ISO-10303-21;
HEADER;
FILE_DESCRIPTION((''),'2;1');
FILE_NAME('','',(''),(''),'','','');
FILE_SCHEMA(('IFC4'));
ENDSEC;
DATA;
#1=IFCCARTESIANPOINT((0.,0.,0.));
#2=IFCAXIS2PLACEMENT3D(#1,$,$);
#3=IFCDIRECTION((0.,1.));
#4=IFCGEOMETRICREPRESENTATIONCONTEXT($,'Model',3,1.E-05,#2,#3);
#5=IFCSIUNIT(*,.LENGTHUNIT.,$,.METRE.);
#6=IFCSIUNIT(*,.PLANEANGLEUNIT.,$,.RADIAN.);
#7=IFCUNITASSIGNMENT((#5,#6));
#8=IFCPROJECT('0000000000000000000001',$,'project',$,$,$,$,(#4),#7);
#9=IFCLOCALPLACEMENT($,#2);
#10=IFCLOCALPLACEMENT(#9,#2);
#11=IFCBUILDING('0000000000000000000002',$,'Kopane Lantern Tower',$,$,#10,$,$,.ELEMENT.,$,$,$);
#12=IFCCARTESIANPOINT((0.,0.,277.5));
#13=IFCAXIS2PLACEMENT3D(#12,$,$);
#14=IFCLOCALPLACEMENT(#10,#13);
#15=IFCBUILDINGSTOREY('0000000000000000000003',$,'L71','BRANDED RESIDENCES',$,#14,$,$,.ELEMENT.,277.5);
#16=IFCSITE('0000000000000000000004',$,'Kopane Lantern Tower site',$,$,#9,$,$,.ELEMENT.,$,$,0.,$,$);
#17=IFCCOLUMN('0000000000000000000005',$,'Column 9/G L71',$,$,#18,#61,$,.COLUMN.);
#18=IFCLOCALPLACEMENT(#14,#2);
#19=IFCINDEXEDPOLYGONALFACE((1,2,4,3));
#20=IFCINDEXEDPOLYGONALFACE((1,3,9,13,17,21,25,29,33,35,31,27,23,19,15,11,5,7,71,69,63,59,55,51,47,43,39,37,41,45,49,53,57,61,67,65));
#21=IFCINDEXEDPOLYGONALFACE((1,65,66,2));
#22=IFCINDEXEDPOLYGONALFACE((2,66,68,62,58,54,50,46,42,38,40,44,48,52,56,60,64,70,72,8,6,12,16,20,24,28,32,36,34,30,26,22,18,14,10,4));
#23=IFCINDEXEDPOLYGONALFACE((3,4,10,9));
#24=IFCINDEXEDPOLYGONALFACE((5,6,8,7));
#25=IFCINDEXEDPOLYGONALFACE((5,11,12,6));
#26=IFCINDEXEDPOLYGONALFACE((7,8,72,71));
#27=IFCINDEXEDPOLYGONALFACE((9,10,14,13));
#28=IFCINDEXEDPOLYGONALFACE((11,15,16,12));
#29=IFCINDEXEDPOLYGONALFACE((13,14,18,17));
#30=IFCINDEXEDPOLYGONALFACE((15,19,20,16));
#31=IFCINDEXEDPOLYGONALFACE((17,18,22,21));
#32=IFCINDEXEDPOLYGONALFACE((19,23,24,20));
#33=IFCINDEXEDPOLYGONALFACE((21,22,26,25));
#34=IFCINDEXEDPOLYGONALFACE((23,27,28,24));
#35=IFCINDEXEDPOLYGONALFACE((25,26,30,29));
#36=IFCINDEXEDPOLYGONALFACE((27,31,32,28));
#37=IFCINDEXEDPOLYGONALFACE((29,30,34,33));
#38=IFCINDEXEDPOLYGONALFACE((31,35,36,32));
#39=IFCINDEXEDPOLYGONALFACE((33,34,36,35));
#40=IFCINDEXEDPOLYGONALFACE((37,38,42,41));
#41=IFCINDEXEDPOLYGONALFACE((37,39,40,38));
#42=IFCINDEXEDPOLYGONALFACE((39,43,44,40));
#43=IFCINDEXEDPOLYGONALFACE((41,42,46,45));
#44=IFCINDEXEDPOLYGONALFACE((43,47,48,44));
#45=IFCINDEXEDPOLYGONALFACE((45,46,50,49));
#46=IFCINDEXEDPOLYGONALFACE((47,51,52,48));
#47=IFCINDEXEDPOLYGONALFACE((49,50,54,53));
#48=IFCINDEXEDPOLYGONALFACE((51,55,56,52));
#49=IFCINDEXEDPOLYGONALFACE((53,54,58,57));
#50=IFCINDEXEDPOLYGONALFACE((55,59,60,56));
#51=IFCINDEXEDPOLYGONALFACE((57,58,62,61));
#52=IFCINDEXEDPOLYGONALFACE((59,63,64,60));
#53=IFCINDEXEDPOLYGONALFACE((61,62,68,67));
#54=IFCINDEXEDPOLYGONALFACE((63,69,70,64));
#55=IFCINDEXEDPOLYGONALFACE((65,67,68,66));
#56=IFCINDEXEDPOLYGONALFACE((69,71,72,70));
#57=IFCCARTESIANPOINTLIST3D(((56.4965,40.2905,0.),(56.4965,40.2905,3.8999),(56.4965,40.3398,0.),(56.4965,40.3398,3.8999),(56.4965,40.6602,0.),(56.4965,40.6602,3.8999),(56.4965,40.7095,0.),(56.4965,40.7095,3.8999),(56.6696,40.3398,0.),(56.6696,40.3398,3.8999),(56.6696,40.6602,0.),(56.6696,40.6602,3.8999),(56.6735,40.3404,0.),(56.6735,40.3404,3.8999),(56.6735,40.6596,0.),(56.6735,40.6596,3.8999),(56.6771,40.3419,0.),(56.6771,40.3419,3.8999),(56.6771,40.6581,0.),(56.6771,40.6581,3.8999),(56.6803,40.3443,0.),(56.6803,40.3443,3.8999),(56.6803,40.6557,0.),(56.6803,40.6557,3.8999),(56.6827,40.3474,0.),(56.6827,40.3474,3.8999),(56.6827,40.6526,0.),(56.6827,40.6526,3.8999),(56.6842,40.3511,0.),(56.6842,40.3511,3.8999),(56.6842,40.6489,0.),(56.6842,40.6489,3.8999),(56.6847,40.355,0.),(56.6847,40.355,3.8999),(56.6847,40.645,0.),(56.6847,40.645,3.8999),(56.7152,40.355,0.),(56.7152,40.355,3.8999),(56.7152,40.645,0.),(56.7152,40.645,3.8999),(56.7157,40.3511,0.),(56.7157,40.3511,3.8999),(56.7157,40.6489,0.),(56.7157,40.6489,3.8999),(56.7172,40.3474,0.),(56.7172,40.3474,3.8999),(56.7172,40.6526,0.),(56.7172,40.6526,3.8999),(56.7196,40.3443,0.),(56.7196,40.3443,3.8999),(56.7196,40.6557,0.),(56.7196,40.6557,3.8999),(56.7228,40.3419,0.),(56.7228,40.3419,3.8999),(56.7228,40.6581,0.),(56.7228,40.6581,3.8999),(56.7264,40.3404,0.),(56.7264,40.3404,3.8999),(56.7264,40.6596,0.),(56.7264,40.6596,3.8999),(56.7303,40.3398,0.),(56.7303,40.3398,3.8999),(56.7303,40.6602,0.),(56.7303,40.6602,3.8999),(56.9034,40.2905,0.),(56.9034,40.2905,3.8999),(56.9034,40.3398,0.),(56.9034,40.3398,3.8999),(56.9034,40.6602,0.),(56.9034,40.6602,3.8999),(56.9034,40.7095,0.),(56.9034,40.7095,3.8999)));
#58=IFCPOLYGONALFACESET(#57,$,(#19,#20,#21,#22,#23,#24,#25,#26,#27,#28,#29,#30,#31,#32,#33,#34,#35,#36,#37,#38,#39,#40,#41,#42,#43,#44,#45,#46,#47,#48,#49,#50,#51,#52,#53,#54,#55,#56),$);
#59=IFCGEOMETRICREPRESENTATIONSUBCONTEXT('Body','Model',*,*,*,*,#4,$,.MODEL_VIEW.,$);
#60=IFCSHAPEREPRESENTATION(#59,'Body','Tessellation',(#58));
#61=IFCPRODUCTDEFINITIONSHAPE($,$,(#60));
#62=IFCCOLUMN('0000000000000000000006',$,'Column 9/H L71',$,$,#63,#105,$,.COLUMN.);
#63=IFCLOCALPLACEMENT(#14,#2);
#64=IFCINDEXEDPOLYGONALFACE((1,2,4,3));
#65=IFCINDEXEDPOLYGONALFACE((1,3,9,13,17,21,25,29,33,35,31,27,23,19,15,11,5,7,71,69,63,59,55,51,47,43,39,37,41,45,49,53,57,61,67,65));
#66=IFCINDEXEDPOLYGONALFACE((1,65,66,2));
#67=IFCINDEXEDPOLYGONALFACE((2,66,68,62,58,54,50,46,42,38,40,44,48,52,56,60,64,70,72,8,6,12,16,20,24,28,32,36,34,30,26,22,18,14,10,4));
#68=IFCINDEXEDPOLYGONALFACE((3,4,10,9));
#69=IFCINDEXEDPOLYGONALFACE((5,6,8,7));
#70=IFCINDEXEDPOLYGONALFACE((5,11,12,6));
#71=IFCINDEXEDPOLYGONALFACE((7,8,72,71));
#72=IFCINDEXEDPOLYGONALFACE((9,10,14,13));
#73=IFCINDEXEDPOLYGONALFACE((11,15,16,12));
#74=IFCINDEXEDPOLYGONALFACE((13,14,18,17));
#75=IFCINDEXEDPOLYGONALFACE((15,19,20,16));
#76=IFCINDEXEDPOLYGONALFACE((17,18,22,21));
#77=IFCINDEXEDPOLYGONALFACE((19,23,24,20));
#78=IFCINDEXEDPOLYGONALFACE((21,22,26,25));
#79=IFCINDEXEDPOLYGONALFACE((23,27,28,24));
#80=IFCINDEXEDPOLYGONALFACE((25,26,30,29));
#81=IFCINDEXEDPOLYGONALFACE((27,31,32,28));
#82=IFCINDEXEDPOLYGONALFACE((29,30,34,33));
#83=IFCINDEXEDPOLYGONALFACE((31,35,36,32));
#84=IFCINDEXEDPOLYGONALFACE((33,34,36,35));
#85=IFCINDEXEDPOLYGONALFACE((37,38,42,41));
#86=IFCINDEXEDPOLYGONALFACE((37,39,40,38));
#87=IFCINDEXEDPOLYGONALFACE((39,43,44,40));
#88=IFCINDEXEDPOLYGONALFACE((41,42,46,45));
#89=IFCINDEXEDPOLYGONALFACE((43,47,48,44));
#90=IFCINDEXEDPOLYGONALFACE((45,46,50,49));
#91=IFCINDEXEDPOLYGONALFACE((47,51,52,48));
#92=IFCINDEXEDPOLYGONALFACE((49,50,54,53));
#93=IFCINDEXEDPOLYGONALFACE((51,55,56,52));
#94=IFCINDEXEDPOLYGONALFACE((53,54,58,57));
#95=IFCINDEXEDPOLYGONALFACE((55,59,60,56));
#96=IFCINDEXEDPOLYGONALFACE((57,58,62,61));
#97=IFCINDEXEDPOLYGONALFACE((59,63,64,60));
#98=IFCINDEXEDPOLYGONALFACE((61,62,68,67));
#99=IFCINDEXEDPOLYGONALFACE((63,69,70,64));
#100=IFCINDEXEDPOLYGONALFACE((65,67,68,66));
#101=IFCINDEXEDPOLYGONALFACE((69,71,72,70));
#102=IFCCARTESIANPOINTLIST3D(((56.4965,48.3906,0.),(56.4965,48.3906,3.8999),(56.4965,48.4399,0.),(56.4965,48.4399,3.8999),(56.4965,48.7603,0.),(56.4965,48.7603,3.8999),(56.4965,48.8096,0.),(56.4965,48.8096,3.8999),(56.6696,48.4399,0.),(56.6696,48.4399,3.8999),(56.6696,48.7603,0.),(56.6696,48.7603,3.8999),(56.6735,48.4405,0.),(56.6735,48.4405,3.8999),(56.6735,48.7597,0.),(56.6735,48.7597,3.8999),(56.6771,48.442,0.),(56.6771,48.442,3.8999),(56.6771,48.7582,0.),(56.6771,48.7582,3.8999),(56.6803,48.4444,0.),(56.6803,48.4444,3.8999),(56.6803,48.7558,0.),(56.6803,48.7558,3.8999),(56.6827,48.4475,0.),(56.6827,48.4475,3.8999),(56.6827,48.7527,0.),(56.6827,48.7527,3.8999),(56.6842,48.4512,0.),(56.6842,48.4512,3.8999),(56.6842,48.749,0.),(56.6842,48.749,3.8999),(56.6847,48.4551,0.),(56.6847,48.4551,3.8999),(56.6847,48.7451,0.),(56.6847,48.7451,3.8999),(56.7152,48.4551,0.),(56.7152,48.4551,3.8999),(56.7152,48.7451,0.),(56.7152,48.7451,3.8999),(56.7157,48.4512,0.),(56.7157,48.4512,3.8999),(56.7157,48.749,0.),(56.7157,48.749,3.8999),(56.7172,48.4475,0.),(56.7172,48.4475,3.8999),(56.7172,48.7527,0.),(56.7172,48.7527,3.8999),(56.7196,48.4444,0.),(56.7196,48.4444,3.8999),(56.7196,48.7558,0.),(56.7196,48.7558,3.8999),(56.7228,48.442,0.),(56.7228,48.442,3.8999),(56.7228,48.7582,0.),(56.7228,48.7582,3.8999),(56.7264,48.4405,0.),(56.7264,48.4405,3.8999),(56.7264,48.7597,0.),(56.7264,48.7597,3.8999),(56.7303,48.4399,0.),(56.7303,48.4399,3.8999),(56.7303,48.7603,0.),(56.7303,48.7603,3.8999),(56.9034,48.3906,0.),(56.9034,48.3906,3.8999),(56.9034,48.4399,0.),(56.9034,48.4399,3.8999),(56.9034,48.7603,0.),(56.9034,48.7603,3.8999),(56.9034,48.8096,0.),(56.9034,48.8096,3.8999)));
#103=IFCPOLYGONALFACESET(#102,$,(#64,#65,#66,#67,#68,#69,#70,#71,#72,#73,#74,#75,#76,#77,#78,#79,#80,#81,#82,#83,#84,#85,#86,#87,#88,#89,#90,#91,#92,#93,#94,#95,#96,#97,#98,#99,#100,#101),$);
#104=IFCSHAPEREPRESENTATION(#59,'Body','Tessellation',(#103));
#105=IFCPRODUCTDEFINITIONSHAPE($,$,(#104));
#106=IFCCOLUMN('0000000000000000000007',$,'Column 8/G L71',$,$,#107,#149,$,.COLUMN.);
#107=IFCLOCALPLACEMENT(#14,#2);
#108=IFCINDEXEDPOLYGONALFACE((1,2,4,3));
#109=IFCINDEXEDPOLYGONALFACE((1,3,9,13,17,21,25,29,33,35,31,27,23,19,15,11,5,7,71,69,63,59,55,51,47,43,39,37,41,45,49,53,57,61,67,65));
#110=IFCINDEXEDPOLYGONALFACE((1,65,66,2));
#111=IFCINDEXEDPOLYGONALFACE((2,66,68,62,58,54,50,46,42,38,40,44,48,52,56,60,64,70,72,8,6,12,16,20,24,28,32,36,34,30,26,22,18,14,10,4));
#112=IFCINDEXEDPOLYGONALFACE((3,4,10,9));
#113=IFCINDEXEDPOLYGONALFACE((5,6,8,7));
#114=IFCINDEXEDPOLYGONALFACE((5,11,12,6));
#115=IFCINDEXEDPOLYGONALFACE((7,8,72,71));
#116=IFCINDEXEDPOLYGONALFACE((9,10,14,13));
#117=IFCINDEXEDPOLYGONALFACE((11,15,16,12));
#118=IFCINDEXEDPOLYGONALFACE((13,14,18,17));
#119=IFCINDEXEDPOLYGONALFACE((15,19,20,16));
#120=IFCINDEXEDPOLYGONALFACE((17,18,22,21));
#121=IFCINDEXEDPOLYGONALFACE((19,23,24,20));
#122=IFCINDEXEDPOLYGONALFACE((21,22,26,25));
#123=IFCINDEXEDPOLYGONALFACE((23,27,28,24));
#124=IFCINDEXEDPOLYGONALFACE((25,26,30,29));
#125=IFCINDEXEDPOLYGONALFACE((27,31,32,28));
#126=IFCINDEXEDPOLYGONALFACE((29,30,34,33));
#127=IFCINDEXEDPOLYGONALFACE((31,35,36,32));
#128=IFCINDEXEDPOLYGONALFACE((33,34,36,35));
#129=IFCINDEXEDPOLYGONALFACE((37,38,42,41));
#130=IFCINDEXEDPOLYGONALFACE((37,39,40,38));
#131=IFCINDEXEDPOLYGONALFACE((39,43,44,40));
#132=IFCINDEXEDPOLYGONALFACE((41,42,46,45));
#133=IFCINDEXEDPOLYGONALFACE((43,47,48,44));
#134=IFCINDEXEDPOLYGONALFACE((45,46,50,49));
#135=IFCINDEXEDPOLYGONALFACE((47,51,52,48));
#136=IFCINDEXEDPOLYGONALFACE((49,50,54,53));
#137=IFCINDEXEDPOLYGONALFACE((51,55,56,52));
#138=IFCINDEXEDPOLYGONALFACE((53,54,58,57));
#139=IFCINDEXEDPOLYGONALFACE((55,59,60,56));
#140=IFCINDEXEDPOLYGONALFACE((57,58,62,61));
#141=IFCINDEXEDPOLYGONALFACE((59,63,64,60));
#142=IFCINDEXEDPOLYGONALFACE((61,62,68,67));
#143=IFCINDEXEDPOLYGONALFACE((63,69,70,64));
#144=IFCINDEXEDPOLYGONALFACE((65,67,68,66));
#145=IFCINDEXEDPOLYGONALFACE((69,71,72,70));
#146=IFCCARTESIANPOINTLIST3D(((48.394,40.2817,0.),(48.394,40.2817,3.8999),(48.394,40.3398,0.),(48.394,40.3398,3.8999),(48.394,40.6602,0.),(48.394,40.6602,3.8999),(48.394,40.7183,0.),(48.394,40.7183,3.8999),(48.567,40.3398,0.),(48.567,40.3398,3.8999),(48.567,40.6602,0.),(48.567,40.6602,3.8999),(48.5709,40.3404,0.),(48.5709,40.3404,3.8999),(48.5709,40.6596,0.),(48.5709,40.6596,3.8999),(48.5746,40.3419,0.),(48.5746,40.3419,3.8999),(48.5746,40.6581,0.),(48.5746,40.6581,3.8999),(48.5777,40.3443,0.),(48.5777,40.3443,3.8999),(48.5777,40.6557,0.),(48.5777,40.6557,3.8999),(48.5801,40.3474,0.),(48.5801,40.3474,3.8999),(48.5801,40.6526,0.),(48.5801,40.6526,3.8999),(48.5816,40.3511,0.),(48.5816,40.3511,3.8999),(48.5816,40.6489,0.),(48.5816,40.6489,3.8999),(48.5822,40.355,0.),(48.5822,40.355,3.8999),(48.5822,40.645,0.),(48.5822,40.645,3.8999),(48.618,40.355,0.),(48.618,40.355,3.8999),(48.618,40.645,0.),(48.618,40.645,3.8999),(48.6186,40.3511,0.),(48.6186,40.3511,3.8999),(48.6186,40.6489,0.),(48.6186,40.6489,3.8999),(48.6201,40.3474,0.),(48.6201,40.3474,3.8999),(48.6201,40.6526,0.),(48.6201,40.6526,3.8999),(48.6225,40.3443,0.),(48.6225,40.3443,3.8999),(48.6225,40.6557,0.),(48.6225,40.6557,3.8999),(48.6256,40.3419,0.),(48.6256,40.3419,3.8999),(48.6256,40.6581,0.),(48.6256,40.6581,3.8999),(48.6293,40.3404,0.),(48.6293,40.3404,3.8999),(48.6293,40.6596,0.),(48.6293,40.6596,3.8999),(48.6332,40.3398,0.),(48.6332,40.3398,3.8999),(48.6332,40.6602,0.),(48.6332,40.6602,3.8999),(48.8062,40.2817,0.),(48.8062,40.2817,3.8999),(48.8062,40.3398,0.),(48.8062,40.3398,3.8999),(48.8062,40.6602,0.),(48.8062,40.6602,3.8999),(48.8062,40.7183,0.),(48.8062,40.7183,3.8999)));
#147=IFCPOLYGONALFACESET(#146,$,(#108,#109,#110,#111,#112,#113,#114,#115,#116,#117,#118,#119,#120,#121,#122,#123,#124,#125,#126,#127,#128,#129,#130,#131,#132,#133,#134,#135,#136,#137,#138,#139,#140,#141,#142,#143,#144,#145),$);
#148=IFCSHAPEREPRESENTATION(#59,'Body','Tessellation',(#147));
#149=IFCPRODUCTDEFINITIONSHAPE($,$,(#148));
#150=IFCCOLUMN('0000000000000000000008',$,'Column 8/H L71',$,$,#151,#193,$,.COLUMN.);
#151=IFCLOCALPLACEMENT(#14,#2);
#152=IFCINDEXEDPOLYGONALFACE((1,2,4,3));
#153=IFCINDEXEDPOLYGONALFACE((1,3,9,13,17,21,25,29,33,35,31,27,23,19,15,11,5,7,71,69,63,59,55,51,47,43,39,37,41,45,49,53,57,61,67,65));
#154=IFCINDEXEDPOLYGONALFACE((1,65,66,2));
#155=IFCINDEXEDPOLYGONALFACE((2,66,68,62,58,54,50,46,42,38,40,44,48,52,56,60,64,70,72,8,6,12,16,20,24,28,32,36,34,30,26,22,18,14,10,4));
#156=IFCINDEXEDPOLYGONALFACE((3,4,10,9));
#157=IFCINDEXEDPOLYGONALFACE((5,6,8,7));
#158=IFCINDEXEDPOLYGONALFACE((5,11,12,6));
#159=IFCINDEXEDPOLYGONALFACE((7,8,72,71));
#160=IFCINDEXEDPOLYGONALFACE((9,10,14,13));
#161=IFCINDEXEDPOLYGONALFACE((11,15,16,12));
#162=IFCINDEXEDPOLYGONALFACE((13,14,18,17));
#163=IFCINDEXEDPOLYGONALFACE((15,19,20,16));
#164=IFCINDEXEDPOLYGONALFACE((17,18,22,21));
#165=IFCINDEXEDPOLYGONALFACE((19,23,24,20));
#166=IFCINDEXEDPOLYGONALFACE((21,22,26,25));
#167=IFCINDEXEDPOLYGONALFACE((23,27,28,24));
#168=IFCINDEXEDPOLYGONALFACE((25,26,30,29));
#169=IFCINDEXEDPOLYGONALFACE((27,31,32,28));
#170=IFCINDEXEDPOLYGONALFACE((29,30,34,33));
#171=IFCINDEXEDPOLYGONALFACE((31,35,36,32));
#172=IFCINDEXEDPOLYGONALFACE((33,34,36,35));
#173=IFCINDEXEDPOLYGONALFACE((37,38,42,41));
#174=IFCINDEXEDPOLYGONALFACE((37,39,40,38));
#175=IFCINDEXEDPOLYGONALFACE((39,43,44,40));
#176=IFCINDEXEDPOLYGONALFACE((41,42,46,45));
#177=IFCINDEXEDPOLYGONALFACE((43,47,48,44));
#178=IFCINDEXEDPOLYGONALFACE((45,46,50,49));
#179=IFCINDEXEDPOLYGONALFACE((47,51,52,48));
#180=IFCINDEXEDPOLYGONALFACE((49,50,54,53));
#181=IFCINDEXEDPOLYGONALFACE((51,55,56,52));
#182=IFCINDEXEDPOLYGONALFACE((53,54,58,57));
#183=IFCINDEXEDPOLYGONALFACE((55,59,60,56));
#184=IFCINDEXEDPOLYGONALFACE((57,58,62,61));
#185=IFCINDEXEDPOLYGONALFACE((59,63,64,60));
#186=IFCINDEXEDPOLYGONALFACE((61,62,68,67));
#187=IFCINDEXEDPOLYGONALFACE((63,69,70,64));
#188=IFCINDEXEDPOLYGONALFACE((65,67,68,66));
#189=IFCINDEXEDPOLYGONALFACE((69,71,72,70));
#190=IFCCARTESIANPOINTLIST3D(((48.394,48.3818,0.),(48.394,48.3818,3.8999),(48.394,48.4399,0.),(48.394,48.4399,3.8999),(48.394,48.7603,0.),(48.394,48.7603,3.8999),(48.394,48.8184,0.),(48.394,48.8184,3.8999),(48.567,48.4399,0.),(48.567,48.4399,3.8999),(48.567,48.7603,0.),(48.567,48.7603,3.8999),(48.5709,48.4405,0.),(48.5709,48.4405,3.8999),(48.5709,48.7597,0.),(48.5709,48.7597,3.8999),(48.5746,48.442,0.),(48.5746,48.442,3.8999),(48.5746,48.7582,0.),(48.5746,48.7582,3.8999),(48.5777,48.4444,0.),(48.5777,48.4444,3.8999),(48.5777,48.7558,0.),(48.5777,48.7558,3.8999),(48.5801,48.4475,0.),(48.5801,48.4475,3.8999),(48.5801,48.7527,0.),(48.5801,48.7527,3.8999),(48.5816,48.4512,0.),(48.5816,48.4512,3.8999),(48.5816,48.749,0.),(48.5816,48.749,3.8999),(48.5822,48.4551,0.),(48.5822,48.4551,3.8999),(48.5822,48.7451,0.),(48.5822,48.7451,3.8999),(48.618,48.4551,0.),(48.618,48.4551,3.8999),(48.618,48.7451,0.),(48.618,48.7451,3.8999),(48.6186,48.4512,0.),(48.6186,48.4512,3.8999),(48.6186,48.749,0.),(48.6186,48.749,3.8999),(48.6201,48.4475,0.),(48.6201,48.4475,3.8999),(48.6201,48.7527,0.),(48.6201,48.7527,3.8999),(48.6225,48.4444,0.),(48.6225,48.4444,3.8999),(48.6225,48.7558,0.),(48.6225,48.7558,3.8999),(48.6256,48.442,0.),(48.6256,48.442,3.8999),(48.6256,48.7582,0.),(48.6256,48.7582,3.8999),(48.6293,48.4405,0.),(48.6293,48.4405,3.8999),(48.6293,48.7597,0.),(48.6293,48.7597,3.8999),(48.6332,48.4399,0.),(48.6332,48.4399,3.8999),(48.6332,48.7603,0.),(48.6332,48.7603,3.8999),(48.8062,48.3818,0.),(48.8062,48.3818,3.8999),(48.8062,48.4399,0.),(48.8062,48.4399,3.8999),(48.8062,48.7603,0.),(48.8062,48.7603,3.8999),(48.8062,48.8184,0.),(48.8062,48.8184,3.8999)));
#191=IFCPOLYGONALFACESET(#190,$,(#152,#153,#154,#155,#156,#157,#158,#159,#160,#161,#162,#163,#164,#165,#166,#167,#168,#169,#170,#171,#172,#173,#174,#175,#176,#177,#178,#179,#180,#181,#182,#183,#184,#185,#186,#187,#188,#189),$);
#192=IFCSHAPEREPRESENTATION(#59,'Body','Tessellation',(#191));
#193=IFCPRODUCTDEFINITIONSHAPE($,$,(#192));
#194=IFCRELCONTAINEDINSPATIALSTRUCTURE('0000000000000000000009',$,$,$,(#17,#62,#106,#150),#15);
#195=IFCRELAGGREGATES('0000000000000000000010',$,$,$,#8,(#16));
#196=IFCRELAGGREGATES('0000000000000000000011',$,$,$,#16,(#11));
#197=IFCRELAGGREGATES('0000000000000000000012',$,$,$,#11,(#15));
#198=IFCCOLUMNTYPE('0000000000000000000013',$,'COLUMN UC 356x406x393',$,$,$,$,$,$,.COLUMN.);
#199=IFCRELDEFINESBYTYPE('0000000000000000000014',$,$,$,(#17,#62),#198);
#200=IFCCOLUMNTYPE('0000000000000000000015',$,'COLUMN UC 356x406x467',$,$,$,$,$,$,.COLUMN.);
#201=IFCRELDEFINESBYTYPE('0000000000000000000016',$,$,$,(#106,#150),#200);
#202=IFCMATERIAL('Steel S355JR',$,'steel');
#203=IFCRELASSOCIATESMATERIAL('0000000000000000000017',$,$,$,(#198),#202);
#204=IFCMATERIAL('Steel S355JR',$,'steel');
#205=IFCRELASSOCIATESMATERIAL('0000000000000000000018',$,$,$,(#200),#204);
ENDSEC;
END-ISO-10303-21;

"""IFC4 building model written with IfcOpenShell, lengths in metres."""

from ifc_helpers import new_model, si_unit, direction, frame, origin, origin_2d, place, context, subcontext, project, spatial, i_section, extrude, material, material_profile, profile_set, type_object, element, save


model = new_model("IFC4")

# Units and contexts
model_context = context("Model", 3, precision=1e-05, world=origin(), true_north=direction((0.0, 1.0)))
body_context = subcontext(model_context, "Body", "Model", "MODEL_VIEW")
ifc_project = project(units=[si_unit("LENGTHUNIT", "METRE"), si_unit("PLANEANGLEUNIT", "RADIAN")], contexts=[model_context])

# Site, building, storey
site_placement = place(None, origin())
site = spatial("IfcSite", under=ifc_project, at=site_placement, Name="Kopane Lantern Tower site", CompositionType="ELEMENT", RefElevation=0.0)
building_placement = place(site_placement, origin())
building = spatial("IfcBuilding", under=site, at=building_placement, Name="Kopane Lantern Tower", CompositionType="ELEMENT")
storey_placement = place(building_placement, frame((0.0, 0.0, 277.5)))
storey = spatial("IfcBuildingStorey", under=building, at=storey_placement, Name="L71", Description="BRANDED RESIDENCES", CompositionType="ELEMENT", Elevation=277.5)

# Columns
ifc_material_1 = material(Name="Steel S355JR", Category="steel")
ifc_material_profile_1 = material_profile(ifc_material_1, i_section(OverallWidth=0.407, OverallDepth=0.4189, WebThickness=0.0305, FlangeThickness=0.0493, FilletRadius=0.0151, at=origin_2d()), Name="UC 356x406x393")
ifc_profile_set_1 = profile_set([ifc_material_profile_1], Name="Steel S355JR")
column_type_1 = type_object("IfcColumnType", Name="COLUMN UC 356x406x393", PredefinedType="COLUMN", material=ifc_profile_set_1)
for number, where, z_axis, x_axis, name in (
    (1, (56.7, 40.5, 0.0), (0.0, 0.0, 1.0), (1.0, 0.0, 0.0), "Column 9/G L71"),
    (2, (56.7, 48.6001, 0.0), (0.0, 0.0, 1.0), (1.0, 0.0, 0.0), "Column 9/H L71"),
):
    element("IfcColumn", number, at=place(storey_placement, frame(where, z_axis=z_axis, x_axis=x_axis)), inside=storey, type_object=column_type_1, Name=name, PredefinedType="COLUMN", context=body_context, shape_type="SweptSolid", body=[
        extrude(i_section(OverallWidth=0.407, OverallDepth=0.4189, WebThickness=0.0305, FlangeThickness=0.0493, FilletRadius=0.0151, at=origin_2d()), origin(), (0.0, 0.0, 1.0), 3.8999),
    ])
ifc_material_2 = material(Name="Steel S355JR", Category="steel")
ifc_material_profile_2 = material_profile(ifc_material_2, i_section(OverallWidth=0.4121, OverallDepth=0.4365, WebThickness=0.0359, FlangeThickness=0.0581, FilletRadius=0.0151, at=origin_2d()), Name="UC 356x406x467")
ifc_profile_set_2 = profile_set([ifc_material_profile_2], Name="Steel S355JR")
column_type_2 = type_object("IfcColumnType", Name="COLUMN UC 356x406x467", PredefinedType="COLUMN", material=ifc_profile_set_2)
for number, where, z_axis, x_axis, name in (
    (3, (48.6001, 40.5, 0.0), (0.0, 0.0, 1.0), (1.0, 0.0, 0.0), "Column 8/G L71"),
    (4, (48.6001, 48.6001, 0.0), (0.0, 0.0, 1.0), (1.0, 0.0, 0.0), "Column 8/H L71"),
):
    element("IfcColumn", number, at=place(storey_placement, frame(where, z_axis=z_axis, x_axis=x_axis)), inside=storey, type_object=column_type_2, Name=name, PredefinedType="COLUMN", context=body_context, shape_type="SweptSolid", body=[
        extrude(i_section(OverallWidth=0.4121, OverallDepth=0.4365, WebThickness=0.0359, FlangeThickness=0.0581, FilletRadius=0.0151, at=origin_2d()), origin(), (0.0, 0.0, 1.0), 3.8999),
    ])

save(model, "model.ifc")
